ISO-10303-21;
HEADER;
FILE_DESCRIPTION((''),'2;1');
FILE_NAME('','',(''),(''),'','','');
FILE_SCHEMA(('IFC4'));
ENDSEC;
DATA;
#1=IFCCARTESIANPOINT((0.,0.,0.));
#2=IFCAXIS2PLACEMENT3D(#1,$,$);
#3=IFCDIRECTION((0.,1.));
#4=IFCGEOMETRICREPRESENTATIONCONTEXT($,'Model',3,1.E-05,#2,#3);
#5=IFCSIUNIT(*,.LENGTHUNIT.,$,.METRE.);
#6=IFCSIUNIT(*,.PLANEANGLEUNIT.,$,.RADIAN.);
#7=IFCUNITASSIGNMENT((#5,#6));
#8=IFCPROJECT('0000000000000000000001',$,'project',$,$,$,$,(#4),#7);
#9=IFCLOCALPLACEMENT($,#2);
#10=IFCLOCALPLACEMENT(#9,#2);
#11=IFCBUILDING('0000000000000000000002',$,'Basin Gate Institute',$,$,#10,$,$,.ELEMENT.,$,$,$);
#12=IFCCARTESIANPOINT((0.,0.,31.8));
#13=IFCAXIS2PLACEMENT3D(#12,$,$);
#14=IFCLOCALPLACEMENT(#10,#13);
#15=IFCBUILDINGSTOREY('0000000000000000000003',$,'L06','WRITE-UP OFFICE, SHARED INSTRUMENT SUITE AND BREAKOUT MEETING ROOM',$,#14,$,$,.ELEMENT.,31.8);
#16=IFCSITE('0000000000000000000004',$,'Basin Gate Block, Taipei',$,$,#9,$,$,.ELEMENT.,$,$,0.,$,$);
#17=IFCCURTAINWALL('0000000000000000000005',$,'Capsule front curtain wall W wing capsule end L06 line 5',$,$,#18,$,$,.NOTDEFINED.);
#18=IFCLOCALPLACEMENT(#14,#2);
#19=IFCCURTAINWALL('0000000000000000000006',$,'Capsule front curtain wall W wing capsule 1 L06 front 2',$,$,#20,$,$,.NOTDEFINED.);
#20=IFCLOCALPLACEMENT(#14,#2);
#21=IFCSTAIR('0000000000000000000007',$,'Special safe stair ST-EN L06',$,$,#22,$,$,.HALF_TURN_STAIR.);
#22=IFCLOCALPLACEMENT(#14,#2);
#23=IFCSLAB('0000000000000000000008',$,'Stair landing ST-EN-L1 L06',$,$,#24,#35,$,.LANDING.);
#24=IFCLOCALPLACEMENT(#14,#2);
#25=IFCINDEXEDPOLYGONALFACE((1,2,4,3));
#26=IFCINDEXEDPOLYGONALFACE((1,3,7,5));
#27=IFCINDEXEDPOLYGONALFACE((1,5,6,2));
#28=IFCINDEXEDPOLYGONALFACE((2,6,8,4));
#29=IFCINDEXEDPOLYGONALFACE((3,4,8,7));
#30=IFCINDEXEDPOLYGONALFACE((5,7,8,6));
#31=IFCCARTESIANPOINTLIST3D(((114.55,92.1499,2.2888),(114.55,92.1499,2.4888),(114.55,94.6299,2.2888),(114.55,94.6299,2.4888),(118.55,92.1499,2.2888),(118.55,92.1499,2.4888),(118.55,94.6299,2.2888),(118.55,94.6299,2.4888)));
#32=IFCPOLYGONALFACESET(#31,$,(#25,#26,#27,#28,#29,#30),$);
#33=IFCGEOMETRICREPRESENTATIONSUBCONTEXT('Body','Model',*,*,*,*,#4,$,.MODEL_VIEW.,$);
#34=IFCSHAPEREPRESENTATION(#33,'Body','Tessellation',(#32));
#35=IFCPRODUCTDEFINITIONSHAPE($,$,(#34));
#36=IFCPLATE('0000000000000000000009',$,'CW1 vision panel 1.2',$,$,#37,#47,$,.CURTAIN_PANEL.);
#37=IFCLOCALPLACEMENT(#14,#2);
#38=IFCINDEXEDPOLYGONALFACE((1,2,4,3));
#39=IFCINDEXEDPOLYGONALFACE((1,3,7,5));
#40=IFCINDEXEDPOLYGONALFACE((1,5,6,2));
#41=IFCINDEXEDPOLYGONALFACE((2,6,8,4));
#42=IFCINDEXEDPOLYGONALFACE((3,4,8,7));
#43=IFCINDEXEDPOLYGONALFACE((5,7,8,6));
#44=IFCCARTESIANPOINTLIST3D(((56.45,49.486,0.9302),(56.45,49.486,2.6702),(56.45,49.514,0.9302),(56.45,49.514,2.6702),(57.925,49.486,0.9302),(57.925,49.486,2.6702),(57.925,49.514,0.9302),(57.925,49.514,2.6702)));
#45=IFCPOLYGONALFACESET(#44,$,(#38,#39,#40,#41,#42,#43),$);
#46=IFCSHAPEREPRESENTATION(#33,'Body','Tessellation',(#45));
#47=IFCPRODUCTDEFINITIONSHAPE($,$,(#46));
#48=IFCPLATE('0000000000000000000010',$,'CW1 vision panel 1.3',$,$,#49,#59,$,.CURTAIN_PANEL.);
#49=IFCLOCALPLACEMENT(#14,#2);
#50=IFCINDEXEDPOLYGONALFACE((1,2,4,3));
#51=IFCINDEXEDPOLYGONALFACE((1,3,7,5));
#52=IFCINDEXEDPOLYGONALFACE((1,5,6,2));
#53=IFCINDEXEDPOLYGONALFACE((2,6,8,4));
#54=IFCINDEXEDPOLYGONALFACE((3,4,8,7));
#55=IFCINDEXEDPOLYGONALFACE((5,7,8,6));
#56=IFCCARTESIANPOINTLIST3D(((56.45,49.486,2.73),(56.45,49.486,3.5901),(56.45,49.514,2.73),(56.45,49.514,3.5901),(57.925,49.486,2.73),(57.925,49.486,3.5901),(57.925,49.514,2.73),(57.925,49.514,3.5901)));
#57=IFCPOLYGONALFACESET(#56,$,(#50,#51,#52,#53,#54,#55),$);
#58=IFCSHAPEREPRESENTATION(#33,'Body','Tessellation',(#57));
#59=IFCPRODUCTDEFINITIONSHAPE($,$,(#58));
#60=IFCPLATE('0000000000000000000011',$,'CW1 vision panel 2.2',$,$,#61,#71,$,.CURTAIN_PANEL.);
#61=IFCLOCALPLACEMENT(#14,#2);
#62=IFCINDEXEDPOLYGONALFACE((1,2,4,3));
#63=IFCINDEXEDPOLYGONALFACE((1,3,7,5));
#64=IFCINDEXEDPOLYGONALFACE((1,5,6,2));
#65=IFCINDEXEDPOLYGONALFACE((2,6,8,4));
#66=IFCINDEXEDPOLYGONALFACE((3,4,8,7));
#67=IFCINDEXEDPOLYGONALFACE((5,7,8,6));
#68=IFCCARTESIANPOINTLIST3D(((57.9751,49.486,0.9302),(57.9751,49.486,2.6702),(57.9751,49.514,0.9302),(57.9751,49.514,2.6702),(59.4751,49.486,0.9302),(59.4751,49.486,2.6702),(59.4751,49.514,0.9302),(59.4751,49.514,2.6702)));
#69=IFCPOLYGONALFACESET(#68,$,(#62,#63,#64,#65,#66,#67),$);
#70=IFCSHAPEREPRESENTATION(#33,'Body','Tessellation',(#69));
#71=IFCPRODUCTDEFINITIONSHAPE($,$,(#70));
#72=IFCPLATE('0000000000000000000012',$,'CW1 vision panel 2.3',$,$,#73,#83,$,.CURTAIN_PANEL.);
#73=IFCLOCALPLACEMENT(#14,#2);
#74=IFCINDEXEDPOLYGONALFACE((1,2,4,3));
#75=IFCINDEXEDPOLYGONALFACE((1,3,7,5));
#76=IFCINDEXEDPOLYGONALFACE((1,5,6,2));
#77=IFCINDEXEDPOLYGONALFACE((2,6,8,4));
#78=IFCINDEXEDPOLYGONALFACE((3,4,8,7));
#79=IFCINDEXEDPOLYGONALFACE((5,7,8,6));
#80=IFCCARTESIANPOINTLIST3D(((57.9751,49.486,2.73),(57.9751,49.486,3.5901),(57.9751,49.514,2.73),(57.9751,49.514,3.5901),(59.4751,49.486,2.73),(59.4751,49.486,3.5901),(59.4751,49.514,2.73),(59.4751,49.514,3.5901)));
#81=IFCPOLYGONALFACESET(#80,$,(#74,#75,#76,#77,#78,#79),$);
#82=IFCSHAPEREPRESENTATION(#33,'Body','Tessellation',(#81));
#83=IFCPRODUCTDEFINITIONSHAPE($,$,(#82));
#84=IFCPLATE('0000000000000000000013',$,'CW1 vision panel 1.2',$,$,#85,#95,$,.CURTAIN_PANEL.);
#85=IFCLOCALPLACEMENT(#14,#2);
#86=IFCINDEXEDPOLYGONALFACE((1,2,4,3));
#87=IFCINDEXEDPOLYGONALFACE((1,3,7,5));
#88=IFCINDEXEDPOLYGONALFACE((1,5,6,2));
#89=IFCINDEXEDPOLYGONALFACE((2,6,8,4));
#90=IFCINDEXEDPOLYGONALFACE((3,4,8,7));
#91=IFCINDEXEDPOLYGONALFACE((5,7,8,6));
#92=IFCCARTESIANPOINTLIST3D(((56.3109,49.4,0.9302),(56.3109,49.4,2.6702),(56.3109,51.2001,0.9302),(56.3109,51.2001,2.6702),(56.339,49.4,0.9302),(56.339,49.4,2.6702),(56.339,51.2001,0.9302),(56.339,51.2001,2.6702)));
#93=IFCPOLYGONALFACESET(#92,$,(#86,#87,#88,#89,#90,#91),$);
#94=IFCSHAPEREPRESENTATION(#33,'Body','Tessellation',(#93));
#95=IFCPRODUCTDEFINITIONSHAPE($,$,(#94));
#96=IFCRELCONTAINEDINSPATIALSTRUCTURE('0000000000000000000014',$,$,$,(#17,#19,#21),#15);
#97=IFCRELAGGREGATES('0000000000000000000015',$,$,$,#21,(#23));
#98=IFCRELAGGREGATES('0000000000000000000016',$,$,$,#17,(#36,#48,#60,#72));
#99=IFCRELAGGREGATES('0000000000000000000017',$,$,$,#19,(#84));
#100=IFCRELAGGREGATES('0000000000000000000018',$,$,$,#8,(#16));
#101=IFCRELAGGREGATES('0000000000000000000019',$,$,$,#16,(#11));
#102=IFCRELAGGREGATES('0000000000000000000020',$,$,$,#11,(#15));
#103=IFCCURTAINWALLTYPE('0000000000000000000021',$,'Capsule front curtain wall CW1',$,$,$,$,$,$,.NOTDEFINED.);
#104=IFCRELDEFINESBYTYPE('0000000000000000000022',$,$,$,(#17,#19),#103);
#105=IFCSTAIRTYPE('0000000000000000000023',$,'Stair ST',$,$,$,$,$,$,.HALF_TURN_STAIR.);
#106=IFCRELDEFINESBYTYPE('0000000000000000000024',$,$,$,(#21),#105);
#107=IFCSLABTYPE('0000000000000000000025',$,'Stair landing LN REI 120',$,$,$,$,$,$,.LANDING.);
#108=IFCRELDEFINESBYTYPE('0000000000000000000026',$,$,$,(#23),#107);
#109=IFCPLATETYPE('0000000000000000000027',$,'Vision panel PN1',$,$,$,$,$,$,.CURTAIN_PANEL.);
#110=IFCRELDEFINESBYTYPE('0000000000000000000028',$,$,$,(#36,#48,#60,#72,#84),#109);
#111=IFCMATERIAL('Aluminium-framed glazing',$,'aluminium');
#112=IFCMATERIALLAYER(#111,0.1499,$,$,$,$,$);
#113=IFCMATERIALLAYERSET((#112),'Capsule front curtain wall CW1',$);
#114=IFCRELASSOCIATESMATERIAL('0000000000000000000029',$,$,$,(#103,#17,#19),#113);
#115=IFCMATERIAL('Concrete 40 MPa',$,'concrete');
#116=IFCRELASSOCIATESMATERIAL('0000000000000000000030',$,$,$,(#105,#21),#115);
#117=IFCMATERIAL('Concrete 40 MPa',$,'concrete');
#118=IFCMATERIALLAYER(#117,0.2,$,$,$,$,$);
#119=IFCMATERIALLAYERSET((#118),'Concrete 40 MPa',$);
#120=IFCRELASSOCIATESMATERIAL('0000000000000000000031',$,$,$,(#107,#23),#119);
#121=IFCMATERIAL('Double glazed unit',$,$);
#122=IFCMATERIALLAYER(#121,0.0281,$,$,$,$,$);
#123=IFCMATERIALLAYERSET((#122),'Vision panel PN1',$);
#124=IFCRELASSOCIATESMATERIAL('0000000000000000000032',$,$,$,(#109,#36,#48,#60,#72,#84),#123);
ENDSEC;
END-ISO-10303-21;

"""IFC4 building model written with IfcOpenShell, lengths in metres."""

from ifc_helpers import new_model, si_unit, direction, frame, origin, origin_2d, place, context, subcontext, project, spatial, polyline, rectangle, outline, extrude, material, layer, layer_set, type_object, element, aggregate, save


model = new_model("IFC4")

# Units and contexts
model_context = context("Model", 3, precision=1e-05, world=origin(), true_north=direction((0.0, 1.0)))
body_context = subcontext(model_context, "Body", "Model", "MODEL_VIEW")
ifc_project = project(units=[si_unit("LENGTHUNIT", "METRE"), si_unit("PLANEANGLEUNIT", "RADIAN")], contexts=[model_context])

# Site, building, storey
site_placement = place(None, origin())
site = spatial("IfcSite", under=ifc_project, at=site_placement, Name="Basin Gate Block, Taipei", CompositionType="ELEMENT", RefElevation=0.0)
building_placement = place(site_placement, origin())
building = spatial("IfcBuilding", under=site, at=building_placement, Name="Basin Gate Institute", CompositionType="ELEMENT")
storey_placement = place(building_placement, frame((0.0, 0.0, 31.8)))
storey = spatial("IfcBuildingStorey", under=building, at=storey_placement, Name="L06", Description="WRITE-UP OFFICE, SHARED INSTRUMENT SUITE AND BREAKOUT MEETING ROOM", CompositionType="ELEMENT", Elevation=31.8)

# Curtain wall
ifc_material_1 = material(Name="Aluminium-framed glazing", Category="aluminium")
ifc_layer_1 = layer(ifc_material_1, 0.1499)
ifc_layer_set_1 = layer_set([ifc_layer_1], Name="Capsule front curtain wall CW1")
curtain_wall_type = type_object("IfcCurtainWallType", Name="Capsule front curtain wall CW1", PredefinedType="NOTDEFINED", material=ifc_layer_set_1)
curtain_wall_1_placement = place(storey_placement, origin())
curtain_wall_1 = element("IfcCurtainWall", 1, at=curtain_wall_1_placement, inside=storey, type_object=curtain_wall_type, material=ifc_layer_set_1, Name="Capsule front curtain wall W wing capsule end L06 line 5", PredefinedType="NOTDEFINED")

# Curtain wall
curtain_wall_2_placement = place(storey_placement, origin())
curtain_wall_2 = element("IfcCurtainWall", 2, at=curtain_wall_2_placement, inside=storey, type_object=curtain_wall_type, material=ifc_layer_set_1, Name="Capsule front curtain wall W wing capsule 1 L06 front 2", PredefinedType="NOTDEFINED")

# Stair, slab
ifc_material_2 = material(Name="Concrete 40 MPa", Category="concrete")
stair_type = type_object("IfcStairType", Name="Stair ST", PredefinedType="HALF_TURN_STAIR", material=ifc_material_2)
ifc_material_3 = material(Name="Concrete 40 MPa", Category="concrete")
ifc_layer_2 = layer(ifc_material_3, 0.2)
ifc_layer_set_2 = layer_set([ifc_layer_2], Name="Concrete 40 MPa")
slab_type_1 = type_object("IfcSlabType", Name="Stair landing LN REI 120", PredefinedType="LANDING", material=ifc_layer_set_2)
stair_1_placement = place(storey_placement, origin())
stair_1 = element("IfcStair", 3, at=stair_1_placement, inside=storey, type_object=stair_type, material=ifc_material_2, Name="Special safe stair ST-EN L06", PredefinedType="HALF_TURN_STAIR")
slab_1_placement = place(storey_placement, frame((0.0, 0.0, 2.2888)))
slab_1 = element("IfcSlab", 4, at=slab_1_placement, type_object=slab_type_1, material=ifc_layer_set_2, Name="Stair landing ST-EN-L1 L06", PredefinedType="LANDING", context=body_context, shape_type="SweptSolid", body=[
    extrude(outline(polyline([(118.55, 94.6299), (114.55, 94.6299), (114.55, 92.1499), (118.55, 92.1499), (118.55, 94.6299)])), origin(), (0.0, 0.0, 1.0), 0.2),
])
aggregate(stair_1, [slab_1])

# Plates
ifc_material_4 = material(Name="Double glazed unit")
ifc_layer_3 = layer(ifc_material_4, 0.0281)
ifc_layer_set_3 = layer_set([ifc_layer_3], Name="Vision panel PN1")
plate_type_1 = type_object("IfcPlateType", Name="Vision panel PN1", PredefinedType="CURTAIN_PANEL", material=ifc_layer_set_3)
plate_1_placement = place(storey_placement, frame((57.1875, 49.5, 0.9302), z_axis=(0.0, 0.0, 1.0), x_axis=(1.0, 0.0, 0.0)))
plate_1 = element("IfcPlate", 5, at=plate_1_placement, type_object=plate_type_1, material=ifc_layer_set_3, Name="CW1 vision panel 1.2", PredefinedType="CURTAIN_PANEL", context=body_context, shape_type="SweptSolid", body=[
    extrude(rectangle(XDim=1.4751, YDim=0.0281, at=origin_2d()), origin(), (0.0, 0.0, 1.0), 1.74),
])
plate_2_placement = place(storey_placement, frame((57.1875, 49.5, 2.73), z_axis=(0.0, 0.0, 1.0), x_axis=(1.0, 0.0, 0.0)))
plate_2 = element("IfcPlate", 6, at=plate_2_placement, type_object=plate_type_1, material=ifc_layer_set_3, Name="CW1 vision panel 1.3", PredefinedType="CURTAIN_PANEL", context=body_context, shape_type="SweptSolid", body=[
    extrude(rectangle(XDim=1.4751, YDim=0.0281, at=origin_2d()), origin(), (0.0, 0.0, 1.0), 0.8601),
])
plate_3_placement = place(storey_placement, frame((58.7251, 49.5, 0.9302), z_axis=(0.0, 0.0, 1.0), x_axis=(1.0, 0.0, 0.0)))
plate_3 = element("IfcPlate", 7, at=plate_3_placement, type_object=plate_type_1, material=ifc_layer_set_3, Name="CW1 vision panel 2.2", PredefinedType="CURTAIN_PANEL", context=body_context, shape_type="SweptSolid", body=[
    extrude(rectangle(XDim=1.5, YDim=0.0281, at=origin_2d()), origin(), (0.0, 0.0, 1.0), 1.74),
])
plate_4_placement = place(storey_placement, frame((58.7251, 49.5, 2.73), z_axis=(0.0, 0.0, 1.0), x_axis=(1.0, 0.0, 0.0)))
plate_4 = element("IfcPlate", 8, at=plate_4_placement, type_object=plate_type_1, material=ifc_layer_set_3, Name="CW1 vision panel 2.3", PredefinedType="CURTAIN_PANEL", context=body_context, shape_type="SweptSolid", body=[
    extrude(rectangle(XDim=1.5, YDim=0.0281, at=origin_2d()), origin(), (0.0, 0.0, 1.0), 0.8601),
])
aggregate(curtain_wall_1, [plate_1, plate_2, plate_3, plate_4])
plate_5_placement = place(storey_placement, frame((56.325, 50.3, 0.9302), z_axis=(0.0, 0.0, 1.0), x_axis=(0.0, 1.0, 0.0)))
plate_5 = element("IfcPlate", 9, at=plate_5_placement, type_object=plate_type_1, material=ifc_layer_set_3, Name="CW1 vision panel 1.2", PredefinedType="CURTAIN_PANEL", context=body_context, shape_type="SweptSolid", body=[
    extrude(rectangle(XDim=1.8, YDim=0.0281, at=origin_2d()), origin(), (0.0, 0.0, 1.0), 1.74),
])
aggregate(curtain_wall_2, [plate_5])

save(model, "model.ifc")
